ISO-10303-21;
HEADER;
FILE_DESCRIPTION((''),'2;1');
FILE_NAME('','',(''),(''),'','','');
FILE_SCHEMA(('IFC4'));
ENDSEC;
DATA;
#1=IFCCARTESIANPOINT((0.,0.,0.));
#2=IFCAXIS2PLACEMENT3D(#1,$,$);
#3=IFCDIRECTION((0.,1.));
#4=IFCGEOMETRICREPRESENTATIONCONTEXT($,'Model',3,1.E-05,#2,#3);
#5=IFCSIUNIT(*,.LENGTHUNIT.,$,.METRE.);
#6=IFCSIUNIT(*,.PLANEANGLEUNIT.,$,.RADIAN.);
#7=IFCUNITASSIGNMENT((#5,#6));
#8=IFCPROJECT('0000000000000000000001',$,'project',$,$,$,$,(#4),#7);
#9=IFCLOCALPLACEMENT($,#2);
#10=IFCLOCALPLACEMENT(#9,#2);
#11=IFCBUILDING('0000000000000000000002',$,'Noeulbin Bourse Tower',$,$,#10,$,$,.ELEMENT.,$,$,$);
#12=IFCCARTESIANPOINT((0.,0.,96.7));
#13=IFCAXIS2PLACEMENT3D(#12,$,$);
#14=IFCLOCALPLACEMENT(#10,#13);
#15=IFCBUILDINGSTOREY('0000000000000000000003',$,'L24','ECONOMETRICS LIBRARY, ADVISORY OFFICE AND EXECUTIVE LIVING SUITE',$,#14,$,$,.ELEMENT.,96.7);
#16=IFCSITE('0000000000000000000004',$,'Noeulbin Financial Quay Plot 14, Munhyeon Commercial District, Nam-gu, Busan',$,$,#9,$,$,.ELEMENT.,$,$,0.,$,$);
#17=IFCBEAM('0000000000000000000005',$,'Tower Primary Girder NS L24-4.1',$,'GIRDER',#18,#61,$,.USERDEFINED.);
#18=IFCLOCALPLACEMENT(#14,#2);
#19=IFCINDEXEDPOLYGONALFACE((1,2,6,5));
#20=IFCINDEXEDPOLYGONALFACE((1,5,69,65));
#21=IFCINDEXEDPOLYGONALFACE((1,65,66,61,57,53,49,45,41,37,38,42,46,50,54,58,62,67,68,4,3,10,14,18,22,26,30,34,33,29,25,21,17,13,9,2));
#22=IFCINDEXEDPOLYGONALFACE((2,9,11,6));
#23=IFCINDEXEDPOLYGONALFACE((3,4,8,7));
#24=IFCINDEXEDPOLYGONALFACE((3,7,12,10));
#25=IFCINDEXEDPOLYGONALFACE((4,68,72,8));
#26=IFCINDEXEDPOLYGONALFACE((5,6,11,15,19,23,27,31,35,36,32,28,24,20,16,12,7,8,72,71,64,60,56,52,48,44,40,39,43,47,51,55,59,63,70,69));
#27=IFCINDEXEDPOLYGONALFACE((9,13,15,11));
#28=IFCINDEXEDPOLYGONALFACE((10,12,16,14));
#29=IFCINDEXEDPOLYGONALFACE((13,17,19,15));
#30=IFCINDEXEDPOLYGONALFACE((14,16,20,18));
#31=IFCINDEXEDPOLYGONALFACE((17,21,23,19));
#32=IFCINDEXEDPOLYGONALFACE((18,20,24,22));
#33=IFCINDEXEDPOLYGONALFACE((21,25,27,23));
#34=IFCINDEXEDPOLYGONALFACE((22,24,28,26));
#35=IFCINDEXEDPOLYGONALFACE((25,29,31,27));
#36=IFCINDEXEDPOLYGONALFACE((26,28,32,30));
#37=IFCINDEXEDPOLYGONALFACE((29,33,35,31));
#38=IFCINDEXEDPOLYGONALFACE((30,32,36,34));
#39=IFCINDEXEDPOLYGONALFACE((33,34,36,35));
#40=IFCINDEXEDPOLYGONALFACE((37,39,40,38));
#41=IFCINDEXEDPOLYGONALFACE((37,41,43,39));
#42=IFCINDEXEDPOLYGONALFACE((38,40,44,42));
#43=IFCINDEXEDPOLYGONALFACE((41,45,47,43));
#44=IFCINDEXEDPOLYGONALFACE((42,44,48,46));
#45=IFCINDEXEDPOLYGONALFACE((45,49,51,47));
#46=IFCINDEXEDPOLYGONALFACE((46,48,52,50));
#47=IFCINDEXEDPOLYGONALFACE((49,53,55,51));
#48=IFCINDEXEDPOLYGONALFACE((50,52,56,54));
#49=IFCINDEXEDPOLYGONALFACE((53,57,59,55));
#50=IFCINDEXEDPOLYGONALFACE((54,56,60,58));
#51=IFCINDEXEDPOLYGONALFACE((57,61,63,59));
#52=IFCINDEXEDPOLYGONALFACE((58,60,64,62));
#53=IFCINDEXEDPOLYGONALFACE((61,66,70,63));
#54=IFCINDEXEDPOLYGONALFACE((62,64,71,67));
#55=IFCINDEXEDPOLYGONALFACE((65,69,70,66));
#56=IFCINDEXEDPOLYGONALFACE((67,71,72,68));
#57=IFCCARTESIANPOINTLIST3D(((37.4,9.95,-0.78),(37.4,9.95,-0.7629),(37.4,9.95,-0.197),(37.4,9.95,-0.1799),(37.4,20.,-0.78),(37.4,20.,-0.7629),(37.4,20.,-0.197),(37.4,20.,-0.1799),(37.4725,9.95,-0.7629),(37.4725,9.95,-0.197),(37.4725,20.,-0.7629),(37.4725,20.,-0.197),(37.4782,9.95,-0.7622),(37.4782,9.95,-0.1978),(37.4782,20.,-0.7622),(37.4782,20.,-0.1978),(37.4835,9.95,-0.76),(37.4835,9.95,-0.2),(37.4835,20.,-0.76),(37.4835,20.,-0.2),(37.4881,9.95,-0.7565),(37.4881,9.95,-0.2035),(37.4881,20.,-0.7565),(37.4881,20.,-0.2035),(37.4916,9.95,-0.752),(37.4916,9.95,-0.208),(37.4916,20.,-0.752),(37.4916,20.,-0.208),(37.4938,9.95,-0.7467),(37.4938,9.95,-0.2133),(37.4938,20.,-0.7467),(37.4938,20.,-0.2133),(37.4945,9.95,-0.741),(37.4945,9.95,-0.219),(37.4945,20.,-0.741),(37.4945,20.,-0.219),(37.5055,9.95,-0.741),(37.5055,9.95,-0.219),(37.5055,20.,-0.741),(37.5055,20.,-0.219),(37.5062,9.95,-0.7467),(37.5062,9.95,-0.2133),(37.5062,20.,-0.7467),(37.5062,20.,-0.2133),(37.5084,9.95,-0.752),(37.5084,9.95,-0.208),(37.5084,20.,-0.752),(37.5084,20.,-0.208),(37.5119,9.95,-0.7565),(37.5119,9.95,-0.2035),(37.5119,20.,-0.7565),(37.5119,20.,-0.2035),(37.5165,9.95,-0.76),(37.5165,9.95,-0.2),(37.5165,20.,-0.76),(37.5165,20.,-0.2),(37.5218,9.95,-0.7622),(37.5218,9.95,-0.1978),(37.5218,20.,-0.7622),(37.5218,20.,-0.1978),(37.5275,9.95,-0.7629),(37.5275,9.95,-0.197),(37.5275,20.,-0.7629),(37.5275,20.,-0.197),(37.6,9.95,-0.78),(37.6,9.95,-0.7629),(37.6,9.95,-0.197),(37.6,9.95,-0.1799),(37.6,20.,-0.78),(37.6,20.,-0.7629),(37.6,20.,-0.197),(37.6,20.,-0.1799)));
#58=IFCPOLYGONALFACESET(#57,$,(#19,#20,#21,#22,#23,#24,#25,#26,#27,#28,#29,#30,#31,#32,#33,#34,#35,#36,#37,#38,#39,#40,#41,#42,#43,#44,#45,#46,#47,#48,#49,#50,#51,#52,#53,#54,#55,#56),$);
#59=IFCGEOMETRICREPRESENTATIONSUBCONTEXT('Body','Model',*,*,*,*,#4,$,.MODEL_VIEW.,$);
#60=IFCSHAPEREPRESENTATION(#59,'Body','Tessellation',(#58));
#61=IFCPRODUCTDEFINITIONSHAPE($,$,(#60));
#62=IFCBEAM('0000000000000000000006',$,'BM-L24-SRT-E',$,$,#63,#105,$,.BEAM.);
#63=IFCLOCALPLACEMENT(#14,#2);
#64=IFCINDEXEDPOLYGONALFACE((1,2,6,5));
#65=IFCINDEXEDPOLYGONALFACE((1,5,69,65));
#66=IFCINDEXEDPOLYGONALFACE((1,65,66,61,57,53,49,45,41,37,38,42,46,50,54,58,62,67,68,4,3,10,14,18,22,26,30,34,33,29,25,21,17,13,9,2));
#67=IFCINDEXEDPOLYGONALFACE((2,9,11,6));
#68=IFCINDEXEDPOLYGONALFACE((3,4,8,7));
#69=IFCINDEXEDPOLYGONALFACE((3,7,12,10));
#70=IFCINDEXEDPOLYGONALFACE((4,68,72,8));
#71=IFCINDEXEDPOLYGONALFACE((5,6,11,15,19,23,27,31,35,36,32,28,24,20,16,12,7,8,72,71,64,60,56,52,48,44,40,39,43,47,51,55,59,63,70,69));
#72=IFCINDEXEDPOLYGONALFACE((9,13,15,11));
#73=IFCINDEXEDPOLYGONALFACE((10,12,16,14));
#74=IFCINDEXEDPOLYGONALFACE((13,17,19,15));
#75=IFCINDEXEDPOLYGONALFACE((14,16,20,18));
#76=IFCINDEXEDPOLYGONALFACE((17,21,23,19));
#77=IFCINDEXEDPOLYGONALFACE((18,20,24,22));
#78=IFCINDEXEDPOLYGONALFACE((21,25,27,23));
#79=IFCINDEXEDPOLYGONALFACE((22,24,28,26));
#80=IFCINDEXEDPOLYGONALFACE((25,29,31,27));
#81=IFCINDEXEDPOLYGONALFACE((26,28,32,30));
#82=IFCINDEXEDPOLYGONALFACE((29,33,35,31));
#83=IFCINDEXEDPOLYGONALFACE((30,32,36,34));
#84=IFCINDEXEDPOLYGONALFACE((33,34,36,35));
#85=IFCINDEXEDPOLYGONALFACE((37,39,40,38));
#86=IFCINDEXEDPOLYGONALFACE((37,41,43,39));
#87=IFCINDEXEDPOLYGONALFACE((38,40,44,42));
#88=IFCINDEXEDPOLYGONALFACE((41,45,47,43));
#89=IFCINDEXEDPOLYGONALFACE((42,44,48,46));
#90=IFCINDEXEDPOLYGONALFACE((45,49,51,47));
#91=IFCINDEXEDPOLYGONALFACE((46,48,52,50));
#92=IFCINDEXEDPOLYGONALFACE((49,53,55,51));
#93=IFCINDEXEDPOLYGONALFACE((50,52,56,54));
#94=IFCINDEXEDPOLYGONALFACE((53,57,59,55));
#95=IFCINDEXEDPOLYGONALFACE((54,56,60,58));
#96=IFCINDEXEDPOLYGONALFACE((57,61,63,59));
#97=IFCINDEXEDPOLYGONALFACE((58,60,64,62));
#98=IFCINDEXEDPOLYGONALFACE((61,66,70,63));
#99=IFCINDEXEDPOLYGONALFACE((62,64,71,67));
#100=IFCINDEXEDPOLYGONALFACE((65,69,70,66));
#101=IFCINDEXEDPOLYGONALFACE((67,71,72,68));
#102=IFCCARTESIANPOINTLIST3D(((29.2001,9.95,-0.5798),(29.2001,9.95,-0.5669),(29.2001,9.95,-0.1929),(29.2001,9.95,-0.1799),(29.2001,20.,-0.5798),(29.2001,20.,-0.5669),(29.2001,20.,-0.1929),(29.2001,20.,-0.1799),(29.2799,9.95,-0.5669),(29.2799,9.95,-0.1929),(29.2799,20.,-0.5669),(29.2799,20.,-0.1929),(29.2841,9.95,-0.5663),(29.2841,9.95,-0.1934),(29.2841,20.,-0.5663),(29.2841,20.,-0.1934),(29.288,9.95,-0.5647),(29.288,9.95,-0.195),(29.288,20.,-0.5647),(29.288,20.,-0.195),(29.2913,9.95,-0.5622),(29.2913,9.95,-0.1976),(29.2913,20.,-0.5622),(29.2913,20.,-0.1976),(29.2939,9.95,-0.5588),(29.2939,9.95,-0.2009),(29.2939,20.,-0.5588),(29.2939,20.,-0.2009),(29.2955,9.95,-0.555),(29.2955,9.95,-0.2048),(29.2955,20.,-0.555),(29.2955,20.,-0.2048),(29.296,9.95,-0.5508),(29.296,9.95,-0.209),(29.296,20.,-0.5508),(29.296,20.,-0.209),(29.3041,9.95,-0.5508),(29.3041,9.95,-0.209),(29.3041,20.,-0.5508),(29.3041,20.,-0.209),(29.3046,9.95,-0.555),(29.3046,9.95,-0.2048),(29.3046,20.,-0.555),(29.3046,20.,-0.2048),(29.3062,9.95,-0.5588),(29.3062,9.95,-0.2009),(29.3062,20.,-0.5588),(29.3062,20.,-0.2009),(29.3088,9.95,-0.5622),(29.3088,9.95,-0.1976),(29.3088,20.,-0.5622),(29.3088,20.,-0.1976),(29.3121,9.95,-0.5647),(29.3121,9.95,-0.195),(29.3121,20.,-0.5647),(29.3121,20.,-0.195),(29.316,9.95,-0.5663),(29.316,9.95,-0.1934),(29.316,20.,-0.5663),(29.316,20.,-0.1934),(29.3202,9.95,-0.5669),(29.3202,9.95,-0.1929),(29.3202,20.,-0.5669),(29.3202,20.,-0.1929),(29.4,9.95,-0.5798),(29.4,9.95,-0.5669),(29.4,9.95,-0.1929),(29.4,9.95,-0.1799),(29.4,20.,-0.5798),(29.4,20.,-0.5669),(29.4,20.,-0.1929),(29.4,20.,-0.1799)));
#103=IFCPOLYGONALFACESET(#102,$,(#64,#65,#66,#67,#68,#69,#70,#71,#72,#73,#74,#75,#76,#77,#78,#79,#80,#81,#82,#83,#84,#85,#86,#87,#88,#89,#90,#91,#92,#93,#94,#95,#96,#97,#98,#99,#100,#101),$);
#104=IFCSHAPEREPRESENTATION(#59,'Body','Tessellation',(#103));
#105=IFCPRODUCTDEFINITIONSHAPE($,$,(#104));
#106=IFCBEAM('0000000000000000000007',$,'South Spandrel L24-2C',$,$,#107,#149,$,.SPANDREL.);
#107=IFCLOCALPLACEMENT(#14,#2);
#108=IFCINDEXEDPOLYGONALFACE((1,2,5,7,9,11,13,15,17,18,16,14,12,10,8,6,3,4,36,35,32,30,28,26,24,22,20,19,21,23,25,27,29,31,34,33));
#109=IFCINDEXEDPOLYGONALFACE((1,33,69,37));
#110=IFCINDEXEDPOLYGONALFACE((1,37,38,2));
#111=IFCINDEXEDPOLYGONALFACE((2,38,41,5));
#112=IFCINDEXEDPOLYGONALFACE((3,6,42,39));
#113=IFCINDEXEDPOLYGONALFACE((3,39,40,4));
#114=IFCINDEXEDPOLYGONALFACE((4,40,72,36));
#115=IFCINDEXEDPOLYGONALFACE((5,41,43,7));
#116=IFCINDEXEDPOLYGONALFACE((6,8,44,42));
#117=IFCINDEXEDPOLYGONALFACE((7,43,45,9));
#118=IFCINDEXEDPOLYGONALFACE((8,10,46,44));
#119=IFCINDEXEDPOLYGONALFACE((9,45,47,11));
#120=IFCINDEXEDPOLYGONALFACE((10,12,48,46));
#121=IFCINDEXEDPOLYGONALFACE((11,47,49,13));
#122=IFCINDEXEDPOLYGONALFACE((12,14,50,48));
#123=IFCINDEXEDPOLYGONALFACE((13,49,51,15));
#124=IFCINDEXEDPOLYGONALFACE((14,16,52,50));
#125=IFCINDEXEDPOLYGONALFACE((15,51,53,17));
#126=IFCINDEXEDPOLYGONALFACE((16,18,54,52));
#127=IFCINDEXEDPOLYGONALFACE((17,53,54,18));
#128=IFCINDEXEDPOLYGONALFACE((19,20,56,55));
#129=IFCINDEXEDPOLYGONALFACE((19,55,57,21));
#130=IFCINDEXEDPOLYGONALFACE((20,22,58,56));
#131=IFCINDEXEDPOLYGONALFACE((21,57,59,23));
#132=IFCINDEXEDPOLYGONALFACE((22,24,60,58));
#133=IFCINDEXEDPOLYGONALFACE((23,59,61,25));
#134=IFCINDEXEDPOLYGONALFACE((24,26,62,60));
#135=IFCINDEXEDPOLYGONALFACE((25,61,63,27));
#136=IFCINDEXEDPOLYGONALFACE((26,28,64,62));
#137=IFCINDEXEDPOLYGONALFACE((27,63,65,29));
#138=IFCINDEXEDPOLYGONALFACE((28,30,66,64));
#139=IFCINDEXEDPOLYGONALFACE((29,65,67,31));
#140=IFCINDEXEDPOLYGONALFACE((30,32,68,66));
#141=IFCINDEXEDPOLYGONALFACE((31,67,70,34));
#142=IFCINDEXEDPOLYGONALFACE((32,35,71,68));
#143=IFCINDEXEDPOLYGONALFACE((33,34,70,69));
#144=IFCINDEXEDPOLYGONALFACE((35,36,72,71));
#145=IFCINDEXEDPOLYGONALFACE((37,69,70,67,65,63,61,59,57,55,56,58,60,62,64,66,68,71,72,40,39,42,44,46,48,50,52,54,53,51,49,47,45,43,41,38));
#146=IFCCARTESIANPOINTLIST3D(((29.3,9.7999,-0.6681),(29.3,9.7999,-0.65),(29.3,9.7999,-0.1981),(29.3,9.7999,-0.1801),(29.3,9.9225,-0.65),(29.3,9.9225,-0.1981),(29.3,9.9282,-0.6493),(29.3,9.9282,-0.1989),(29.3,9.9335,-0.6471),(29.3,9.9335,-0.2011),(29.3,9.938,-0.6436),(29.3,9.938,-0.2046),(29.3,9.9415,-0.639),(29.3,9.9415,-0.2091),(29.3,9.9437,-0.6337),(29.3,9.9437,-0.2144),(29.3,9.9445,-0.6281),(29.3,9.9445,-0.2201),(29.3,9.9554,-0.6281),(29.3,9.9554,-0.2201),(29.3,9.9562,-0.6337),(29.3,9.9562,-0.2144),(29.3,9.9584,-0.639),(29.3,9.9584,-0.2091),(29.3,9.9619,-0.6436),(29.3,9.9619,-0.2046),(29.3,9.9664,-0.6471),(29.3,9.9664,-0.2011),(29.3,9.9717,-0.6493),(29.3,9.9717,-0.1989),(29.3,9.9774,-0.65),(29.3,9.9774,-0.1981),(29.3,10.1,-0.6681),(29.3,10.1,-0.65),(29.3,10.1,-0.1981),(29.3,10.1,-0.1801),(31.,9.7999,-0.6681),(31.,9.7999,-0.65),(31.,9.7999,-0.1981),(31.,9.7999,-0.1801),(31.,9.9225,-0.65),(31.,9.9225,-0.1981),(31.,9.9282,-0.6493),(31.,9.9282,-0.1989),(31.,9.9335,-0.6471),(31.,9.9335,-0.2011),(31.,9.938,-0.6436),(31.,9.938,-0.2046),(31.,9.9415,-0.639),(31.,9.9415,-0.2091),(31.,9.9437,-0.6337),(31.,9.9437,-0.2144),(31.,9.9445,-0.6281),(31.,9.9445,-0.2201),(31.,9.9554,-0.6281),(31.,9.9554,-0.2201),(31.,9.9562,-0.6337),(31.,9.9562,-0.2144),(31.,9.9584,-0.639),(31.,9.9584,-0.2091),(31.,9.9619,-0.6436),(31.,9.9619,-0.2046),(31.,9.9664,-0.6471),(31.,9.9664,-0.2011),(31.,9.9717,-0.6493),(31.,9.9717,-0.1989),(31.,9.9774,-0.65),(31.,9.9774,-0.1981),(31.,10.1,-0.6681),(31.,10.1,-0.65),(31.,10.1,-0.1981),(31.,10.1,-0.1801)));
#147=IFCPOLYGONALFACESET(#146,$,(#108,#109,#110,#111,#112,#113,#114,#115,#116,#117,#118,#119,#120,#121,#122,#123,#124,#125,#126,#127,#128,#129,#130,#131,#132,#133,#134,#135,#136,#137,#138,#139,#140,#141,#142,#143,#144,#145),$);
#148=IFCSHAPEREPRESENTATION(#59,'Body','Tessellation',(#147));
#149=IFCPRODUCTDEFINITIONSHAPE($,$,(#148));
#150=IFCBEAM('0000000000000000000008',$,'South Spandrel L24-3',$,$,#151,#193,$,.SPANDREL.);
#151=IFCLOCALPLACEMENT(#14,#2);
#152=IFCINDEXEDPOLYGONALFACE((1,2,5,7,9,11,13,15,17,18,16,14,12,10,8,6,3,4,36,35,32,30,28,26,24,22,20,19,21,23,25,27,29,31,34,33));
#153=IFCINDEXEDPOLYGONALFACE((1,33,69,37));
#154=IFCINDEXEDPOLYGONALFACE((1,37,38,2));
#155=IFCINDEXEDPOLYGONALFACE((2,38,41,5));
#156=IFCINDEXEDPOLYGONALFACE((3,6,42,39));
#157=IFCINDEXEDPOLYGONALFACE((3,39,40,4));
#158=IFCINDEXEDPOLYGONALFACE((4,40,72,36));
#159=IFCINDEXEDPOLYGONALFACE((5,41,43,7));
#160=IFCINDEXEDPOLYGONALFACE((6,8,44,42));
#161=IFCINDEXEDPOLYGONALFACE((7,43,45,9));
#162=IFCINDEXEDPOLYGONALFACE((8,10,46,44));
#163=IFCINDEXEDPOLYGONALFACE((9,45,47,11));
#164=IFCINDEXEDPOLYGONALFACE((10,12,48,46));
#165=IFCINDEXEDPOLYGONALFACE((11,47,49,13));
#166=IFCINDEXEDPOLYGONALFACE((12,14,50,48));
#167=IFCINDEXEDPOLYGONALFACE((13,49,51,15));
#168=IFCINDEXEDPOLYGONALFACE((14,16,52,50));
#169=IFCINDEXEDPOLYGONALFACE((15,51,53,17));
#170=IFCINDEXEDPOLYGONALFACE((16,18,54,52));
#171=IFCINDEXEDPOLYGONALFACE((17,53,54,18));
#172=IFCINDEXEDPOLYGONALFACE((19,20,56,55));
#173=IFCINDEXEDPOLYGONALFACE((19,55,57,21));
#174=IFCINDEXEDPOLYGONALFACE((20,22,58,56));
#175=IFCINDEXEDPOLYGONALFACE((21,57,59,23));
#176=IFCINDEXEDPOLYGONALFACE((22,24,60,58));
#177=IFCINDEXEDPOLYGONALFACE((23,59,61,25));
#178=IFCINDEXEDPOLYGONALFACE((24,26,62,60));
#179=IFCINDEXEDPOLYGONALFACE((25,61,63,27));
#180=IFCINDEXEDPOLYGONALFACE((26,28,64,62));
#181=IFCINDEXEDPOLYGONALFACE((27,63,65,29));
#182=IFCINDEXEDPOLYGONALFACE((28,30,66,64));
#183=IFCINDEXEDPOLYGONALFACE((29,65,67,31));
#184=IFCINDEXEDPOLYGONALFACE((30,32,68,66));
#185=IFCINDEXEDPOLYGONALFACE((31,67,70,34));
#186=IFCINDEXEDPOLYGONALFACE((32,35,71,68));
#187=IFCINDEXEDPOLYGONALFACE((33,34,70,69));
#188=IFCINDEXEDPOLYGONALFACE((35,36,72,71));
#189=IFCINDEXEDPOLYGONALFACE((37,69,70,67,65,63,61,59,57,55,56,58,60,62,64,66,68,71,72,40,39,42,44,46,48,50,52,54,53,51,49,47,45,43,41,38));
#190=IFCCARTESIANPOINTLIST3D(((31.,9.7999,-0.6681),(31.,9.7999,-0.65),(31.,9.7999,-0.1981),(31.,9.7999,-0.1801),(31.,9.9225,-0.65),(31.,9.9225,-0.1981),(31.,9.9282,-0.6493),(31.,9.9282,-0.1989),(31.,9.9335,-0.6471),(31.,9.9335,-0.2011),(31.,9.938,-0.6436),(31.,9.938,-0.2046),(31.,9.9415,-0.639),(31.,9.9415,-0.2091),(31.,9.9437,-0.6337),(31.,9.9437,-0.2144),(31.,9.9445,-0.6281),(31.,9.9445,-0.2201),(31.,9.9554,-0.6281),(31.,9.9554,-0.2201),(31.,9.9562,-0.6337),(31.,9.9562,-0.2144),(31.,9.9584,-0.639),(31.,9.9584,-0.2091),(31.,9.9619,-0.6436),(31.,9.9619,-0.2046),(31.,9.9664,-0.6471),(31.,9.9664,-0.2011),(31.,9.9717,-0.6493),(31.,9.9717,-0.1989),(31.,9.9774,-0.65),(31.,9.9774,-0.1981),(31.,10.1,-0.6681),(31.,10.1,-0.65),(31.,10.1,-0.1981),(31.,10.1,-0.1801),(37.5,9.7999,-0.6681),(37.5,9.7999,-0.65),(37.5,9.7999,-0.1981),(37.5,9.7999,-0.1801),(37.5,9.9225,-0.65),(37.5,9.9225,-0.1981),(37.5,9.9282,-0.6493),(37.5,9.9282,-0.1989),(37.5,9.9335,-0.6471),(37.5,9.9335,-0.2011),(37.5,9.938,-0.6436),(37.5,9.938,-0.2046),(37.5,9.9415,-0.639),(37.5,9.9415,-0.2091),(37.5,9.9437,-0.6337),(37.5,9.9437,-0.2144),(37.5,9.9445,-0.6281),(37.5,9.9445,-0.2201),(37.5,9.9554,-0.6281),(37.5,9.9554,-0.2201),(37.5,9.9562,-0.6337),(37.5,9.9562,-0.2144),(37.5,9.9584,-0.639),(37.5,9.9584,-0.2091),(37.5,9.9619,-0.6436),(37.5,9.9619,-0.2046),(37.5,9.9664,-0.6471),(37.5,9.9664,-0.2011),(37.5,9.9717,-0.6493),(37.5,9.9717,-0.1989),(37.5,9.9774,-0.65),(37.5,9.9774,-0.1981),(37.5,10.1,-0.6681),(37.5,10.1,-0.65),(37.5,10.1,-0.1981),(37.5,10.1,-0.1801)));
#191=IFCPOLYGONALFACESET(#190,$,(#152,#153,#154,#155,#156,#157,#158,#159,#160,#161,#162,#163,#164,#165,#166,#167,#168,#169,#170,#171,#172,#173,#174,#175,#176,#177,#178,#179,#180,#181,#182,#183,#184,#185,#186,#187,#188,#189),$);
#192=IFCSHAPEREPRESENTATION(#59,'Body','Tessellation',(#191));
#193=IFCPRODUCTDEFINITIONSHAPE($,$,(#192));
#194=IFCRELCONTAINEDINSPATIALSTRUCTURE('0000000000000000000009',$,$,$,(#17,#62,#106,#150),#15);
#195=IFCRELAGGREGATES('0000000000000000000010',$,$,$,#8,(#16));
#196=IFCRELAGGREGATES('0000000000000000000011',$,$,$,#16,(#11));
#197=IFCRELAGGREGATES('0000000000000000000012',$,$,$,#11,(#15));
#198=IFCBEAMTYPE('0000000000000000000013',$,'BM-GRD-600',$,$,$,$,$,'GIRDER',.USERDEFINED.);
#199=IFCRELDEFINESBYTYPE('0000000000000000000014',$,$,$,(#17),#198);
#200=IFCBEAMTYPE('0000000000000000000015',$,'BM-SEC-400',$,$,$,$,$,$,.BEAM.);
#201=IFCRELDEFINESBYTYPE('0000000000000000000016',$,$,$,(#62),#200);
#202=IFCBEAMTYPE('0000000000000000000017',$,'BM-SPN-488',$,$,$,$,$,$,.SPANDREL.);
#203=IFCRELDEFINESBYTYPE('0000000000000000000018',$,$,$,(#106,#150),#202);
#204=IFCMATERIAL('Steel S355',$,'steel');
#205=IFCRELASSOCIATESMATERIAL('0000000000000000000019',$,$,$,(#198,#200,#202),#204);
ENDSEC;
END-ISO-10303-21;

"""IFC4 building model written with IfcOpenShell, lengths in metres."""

from ifc_helpers import new_model, si_unit, direction, frame, origin, origin_2d, place, context, subcontext, project, spatial, i_section, extrude, material, material_profile, profile_set, type_object, element, save


model = new_model("IFC4")

# Units and contexts
model_context = context("Model", 3, precision=1e-05, world=origin(), true_north=direction((0.0, 1.0)))
body_context = subcontext(model_context, "Body", "Model", "MODEL_VIEW")
ifc_project = project(units=[si_unit("LENGTHUNIT", "METRE"), si_unit("PLANEANGLEUNIT", "RADIAN")], contexts=[model_context])

# Site, building, storey
site_placement = place(None, origin())
site = spatial("IfcSite", under=ifc_project, at=site_placement, Name="Noeulbin Financial Quay Plot 14, Munhyeon Commercial District, Nam-gu, Busan", CompositionType="ELEMENT", RefElevation=0.0)
building_placement = place(site_placement, origin())
building = spatial("IfcBuilding", under=site, at=building_placement, Name="Noeulbin Bourse Tower", CompositionType="ELEMENT")
storey_placement = place(building_placement, frame((0.0, 0.0, 96.7)))
storey = spatial("IfcBuildingStorey", under=building, at=storey_placement, Name="L24", Description="ECONOMETRICS LIBRARY, ADVISORY OFFICE AND EXECUTIVE LIVING SUITE", CompositionType="ELEMENT", Elevation=96.7)

# Beams
ifc_material_1 = material(Name="Steel S355", Category="steel")
ifc_material_profile_1 = material_profile(ifc_material_1, i_section(OverallWidth=0.2, OverallDepth=0.6001, WebThickness=0.011, FlangeThickness=0.0171, FilletRadius=0.022, at=origin_2d()), Name="H-600x200x11x17", Category="LoadBearing")
ifc_profile_set_1 = profile_set([ifc_material_profile_1], Name="Steel S355")
beam_type_1 = type_object("IfcBeamType", Name="BM-GRD-600", ElementType="GIRDER", PredefinedType="USERDEFINED", material=ifc_profile_set_1)
for number, where, z_axis, x_axis, name in (
    (1, (37.5, 9.95, -0.48), (0.0, 1.0, 0.0), (-1.0, 0.0, 0.0), "Tower Primary Girder NS L24-4.1"),
):
    element("IfcBeam", number, at=place(storey_placement, frame(where, z_axis=z_axis, x_axis=x_axis)), inside=storey, type_object=beam_type_1, Name=name, ObjectType="GIRDER", PredefinedType="USERDEFINED", context=body_context, shape_type="SweptSolid", body=[
        extrude(i_section(OverallWidth=0.2, OverallDepth=0.6001, WebThickness=0.011, FlangeThickness=0.0171, FilletRadius=0.022, at=origin_2d()), origin(), (0.0, 0.0, 1.0), 10.05),
    ])
ifc_material_profile_2 = material_profile(ifc_material_1, i_section(OverallWidth=0.2, OverallDepth=0.3999, WebThickness=0.0081, FlangeThickness=0.0129, FilletRadius=0.0161, at=origin_2d()), Name="H-400x200x8x13", Category="LoadBearing")
ifc_profile_set_2 = profile_set([ifc_material_profile_2], Name="Steel S355")
beam_type_2 = type_object("IfcBeamType", Name="BM-SEC-400", PredefinedType="BEAM", material=ifc_profile_set_2)
beam_1_placement = place(storey_placement, frame((29.3, 9.95, -0.3799), z_axis=(0.0, 1.0, 0.0), x_axis=(-1.0, 0.0, 0.0)))
element("IfcBeam", 2, at=beam_1_placement, inside=storey, type_object=beam_type_2, Name="BM-L24-SRT-E", PredefinedType="BEAM", context=body_context, shape_type="SweptSolid", body=[
    extrude(i_section(OverallWidth=0.2, OverallDepth=0.3999, WebThickness=0.0081, FlangeThickness=0.0129, FilletRadius=0.0161, at=origin_2d()), origin(), (0.0, 0.0, 1.0), 10.05),
])
ifc_material_profile_3 = material_profile(ifc_material_1, i_section(OverallWidth=0.3, OverallDepth=0.488, WebThickness=0.011, FlangeThickness=0.0181, FilletRadius=0.022, at=origin_2d()), Name="H-488x300x11x18", Category="LoadBearing")
ifc_profile_set_3 = profile_set([ifc_material_profile_3], Name="Steel S355")
beam_type_3 = type_object("IfcBeamType", Name="BM-SPN-488", PredefinedType="SPANDREL", material=ifc_profile_set_3)
beam_2_placement = place(storey_placement, frame((29.3, 9.95, -0.4241), z_axis=(1.0, 0.0, 0.0), x_axis=(0.0, 1.0, 0.0)))
element("IfcBeam", 3, at=beam_2_placement, inside=storey, type_object=beam_type_3, Name="South Spandrel L24-2C", PredefinedType="SPANDREL", context=body_context, shape_type="SweptSolid", body=[
    extrude(i_section(OverallWidth=0.3, OverallDepth=0.488, WebThickness=0.011, FlangeThickness=0.0181, FilletRadius=0.022, at=origin_2d()), origin(), (0.0, 0.0, 1.0), 1.7),
])
for number, where, z_axis, x_axis, name in (
    (4, (31.0, 9.95, -0.4241), (1.0, 0.0, 0.0), (0.0, 1.0, 0.0), "South Spandrel L24-3"),
):
    element("IfcBeam", number, at=place(storey_placement, frame(where, z_axis=z_axis, x_axis=x_axis)), inside=storey, type_object=beam_type_3, Name=name, PredefinedType="SPANDREL", context=body_context, shape_type="SweptSolid", body=[
        extrude(i_section(OverallWidth=0.3, OverallDepth=0.488, WebThickness=0.011, FlangeThickness=0.0181, FilletRadius=0.022, at=origin_2d()), origin(), (0.0, 0.0, 1.0), 6.5),
    ])

save(model, "model.ifc")
